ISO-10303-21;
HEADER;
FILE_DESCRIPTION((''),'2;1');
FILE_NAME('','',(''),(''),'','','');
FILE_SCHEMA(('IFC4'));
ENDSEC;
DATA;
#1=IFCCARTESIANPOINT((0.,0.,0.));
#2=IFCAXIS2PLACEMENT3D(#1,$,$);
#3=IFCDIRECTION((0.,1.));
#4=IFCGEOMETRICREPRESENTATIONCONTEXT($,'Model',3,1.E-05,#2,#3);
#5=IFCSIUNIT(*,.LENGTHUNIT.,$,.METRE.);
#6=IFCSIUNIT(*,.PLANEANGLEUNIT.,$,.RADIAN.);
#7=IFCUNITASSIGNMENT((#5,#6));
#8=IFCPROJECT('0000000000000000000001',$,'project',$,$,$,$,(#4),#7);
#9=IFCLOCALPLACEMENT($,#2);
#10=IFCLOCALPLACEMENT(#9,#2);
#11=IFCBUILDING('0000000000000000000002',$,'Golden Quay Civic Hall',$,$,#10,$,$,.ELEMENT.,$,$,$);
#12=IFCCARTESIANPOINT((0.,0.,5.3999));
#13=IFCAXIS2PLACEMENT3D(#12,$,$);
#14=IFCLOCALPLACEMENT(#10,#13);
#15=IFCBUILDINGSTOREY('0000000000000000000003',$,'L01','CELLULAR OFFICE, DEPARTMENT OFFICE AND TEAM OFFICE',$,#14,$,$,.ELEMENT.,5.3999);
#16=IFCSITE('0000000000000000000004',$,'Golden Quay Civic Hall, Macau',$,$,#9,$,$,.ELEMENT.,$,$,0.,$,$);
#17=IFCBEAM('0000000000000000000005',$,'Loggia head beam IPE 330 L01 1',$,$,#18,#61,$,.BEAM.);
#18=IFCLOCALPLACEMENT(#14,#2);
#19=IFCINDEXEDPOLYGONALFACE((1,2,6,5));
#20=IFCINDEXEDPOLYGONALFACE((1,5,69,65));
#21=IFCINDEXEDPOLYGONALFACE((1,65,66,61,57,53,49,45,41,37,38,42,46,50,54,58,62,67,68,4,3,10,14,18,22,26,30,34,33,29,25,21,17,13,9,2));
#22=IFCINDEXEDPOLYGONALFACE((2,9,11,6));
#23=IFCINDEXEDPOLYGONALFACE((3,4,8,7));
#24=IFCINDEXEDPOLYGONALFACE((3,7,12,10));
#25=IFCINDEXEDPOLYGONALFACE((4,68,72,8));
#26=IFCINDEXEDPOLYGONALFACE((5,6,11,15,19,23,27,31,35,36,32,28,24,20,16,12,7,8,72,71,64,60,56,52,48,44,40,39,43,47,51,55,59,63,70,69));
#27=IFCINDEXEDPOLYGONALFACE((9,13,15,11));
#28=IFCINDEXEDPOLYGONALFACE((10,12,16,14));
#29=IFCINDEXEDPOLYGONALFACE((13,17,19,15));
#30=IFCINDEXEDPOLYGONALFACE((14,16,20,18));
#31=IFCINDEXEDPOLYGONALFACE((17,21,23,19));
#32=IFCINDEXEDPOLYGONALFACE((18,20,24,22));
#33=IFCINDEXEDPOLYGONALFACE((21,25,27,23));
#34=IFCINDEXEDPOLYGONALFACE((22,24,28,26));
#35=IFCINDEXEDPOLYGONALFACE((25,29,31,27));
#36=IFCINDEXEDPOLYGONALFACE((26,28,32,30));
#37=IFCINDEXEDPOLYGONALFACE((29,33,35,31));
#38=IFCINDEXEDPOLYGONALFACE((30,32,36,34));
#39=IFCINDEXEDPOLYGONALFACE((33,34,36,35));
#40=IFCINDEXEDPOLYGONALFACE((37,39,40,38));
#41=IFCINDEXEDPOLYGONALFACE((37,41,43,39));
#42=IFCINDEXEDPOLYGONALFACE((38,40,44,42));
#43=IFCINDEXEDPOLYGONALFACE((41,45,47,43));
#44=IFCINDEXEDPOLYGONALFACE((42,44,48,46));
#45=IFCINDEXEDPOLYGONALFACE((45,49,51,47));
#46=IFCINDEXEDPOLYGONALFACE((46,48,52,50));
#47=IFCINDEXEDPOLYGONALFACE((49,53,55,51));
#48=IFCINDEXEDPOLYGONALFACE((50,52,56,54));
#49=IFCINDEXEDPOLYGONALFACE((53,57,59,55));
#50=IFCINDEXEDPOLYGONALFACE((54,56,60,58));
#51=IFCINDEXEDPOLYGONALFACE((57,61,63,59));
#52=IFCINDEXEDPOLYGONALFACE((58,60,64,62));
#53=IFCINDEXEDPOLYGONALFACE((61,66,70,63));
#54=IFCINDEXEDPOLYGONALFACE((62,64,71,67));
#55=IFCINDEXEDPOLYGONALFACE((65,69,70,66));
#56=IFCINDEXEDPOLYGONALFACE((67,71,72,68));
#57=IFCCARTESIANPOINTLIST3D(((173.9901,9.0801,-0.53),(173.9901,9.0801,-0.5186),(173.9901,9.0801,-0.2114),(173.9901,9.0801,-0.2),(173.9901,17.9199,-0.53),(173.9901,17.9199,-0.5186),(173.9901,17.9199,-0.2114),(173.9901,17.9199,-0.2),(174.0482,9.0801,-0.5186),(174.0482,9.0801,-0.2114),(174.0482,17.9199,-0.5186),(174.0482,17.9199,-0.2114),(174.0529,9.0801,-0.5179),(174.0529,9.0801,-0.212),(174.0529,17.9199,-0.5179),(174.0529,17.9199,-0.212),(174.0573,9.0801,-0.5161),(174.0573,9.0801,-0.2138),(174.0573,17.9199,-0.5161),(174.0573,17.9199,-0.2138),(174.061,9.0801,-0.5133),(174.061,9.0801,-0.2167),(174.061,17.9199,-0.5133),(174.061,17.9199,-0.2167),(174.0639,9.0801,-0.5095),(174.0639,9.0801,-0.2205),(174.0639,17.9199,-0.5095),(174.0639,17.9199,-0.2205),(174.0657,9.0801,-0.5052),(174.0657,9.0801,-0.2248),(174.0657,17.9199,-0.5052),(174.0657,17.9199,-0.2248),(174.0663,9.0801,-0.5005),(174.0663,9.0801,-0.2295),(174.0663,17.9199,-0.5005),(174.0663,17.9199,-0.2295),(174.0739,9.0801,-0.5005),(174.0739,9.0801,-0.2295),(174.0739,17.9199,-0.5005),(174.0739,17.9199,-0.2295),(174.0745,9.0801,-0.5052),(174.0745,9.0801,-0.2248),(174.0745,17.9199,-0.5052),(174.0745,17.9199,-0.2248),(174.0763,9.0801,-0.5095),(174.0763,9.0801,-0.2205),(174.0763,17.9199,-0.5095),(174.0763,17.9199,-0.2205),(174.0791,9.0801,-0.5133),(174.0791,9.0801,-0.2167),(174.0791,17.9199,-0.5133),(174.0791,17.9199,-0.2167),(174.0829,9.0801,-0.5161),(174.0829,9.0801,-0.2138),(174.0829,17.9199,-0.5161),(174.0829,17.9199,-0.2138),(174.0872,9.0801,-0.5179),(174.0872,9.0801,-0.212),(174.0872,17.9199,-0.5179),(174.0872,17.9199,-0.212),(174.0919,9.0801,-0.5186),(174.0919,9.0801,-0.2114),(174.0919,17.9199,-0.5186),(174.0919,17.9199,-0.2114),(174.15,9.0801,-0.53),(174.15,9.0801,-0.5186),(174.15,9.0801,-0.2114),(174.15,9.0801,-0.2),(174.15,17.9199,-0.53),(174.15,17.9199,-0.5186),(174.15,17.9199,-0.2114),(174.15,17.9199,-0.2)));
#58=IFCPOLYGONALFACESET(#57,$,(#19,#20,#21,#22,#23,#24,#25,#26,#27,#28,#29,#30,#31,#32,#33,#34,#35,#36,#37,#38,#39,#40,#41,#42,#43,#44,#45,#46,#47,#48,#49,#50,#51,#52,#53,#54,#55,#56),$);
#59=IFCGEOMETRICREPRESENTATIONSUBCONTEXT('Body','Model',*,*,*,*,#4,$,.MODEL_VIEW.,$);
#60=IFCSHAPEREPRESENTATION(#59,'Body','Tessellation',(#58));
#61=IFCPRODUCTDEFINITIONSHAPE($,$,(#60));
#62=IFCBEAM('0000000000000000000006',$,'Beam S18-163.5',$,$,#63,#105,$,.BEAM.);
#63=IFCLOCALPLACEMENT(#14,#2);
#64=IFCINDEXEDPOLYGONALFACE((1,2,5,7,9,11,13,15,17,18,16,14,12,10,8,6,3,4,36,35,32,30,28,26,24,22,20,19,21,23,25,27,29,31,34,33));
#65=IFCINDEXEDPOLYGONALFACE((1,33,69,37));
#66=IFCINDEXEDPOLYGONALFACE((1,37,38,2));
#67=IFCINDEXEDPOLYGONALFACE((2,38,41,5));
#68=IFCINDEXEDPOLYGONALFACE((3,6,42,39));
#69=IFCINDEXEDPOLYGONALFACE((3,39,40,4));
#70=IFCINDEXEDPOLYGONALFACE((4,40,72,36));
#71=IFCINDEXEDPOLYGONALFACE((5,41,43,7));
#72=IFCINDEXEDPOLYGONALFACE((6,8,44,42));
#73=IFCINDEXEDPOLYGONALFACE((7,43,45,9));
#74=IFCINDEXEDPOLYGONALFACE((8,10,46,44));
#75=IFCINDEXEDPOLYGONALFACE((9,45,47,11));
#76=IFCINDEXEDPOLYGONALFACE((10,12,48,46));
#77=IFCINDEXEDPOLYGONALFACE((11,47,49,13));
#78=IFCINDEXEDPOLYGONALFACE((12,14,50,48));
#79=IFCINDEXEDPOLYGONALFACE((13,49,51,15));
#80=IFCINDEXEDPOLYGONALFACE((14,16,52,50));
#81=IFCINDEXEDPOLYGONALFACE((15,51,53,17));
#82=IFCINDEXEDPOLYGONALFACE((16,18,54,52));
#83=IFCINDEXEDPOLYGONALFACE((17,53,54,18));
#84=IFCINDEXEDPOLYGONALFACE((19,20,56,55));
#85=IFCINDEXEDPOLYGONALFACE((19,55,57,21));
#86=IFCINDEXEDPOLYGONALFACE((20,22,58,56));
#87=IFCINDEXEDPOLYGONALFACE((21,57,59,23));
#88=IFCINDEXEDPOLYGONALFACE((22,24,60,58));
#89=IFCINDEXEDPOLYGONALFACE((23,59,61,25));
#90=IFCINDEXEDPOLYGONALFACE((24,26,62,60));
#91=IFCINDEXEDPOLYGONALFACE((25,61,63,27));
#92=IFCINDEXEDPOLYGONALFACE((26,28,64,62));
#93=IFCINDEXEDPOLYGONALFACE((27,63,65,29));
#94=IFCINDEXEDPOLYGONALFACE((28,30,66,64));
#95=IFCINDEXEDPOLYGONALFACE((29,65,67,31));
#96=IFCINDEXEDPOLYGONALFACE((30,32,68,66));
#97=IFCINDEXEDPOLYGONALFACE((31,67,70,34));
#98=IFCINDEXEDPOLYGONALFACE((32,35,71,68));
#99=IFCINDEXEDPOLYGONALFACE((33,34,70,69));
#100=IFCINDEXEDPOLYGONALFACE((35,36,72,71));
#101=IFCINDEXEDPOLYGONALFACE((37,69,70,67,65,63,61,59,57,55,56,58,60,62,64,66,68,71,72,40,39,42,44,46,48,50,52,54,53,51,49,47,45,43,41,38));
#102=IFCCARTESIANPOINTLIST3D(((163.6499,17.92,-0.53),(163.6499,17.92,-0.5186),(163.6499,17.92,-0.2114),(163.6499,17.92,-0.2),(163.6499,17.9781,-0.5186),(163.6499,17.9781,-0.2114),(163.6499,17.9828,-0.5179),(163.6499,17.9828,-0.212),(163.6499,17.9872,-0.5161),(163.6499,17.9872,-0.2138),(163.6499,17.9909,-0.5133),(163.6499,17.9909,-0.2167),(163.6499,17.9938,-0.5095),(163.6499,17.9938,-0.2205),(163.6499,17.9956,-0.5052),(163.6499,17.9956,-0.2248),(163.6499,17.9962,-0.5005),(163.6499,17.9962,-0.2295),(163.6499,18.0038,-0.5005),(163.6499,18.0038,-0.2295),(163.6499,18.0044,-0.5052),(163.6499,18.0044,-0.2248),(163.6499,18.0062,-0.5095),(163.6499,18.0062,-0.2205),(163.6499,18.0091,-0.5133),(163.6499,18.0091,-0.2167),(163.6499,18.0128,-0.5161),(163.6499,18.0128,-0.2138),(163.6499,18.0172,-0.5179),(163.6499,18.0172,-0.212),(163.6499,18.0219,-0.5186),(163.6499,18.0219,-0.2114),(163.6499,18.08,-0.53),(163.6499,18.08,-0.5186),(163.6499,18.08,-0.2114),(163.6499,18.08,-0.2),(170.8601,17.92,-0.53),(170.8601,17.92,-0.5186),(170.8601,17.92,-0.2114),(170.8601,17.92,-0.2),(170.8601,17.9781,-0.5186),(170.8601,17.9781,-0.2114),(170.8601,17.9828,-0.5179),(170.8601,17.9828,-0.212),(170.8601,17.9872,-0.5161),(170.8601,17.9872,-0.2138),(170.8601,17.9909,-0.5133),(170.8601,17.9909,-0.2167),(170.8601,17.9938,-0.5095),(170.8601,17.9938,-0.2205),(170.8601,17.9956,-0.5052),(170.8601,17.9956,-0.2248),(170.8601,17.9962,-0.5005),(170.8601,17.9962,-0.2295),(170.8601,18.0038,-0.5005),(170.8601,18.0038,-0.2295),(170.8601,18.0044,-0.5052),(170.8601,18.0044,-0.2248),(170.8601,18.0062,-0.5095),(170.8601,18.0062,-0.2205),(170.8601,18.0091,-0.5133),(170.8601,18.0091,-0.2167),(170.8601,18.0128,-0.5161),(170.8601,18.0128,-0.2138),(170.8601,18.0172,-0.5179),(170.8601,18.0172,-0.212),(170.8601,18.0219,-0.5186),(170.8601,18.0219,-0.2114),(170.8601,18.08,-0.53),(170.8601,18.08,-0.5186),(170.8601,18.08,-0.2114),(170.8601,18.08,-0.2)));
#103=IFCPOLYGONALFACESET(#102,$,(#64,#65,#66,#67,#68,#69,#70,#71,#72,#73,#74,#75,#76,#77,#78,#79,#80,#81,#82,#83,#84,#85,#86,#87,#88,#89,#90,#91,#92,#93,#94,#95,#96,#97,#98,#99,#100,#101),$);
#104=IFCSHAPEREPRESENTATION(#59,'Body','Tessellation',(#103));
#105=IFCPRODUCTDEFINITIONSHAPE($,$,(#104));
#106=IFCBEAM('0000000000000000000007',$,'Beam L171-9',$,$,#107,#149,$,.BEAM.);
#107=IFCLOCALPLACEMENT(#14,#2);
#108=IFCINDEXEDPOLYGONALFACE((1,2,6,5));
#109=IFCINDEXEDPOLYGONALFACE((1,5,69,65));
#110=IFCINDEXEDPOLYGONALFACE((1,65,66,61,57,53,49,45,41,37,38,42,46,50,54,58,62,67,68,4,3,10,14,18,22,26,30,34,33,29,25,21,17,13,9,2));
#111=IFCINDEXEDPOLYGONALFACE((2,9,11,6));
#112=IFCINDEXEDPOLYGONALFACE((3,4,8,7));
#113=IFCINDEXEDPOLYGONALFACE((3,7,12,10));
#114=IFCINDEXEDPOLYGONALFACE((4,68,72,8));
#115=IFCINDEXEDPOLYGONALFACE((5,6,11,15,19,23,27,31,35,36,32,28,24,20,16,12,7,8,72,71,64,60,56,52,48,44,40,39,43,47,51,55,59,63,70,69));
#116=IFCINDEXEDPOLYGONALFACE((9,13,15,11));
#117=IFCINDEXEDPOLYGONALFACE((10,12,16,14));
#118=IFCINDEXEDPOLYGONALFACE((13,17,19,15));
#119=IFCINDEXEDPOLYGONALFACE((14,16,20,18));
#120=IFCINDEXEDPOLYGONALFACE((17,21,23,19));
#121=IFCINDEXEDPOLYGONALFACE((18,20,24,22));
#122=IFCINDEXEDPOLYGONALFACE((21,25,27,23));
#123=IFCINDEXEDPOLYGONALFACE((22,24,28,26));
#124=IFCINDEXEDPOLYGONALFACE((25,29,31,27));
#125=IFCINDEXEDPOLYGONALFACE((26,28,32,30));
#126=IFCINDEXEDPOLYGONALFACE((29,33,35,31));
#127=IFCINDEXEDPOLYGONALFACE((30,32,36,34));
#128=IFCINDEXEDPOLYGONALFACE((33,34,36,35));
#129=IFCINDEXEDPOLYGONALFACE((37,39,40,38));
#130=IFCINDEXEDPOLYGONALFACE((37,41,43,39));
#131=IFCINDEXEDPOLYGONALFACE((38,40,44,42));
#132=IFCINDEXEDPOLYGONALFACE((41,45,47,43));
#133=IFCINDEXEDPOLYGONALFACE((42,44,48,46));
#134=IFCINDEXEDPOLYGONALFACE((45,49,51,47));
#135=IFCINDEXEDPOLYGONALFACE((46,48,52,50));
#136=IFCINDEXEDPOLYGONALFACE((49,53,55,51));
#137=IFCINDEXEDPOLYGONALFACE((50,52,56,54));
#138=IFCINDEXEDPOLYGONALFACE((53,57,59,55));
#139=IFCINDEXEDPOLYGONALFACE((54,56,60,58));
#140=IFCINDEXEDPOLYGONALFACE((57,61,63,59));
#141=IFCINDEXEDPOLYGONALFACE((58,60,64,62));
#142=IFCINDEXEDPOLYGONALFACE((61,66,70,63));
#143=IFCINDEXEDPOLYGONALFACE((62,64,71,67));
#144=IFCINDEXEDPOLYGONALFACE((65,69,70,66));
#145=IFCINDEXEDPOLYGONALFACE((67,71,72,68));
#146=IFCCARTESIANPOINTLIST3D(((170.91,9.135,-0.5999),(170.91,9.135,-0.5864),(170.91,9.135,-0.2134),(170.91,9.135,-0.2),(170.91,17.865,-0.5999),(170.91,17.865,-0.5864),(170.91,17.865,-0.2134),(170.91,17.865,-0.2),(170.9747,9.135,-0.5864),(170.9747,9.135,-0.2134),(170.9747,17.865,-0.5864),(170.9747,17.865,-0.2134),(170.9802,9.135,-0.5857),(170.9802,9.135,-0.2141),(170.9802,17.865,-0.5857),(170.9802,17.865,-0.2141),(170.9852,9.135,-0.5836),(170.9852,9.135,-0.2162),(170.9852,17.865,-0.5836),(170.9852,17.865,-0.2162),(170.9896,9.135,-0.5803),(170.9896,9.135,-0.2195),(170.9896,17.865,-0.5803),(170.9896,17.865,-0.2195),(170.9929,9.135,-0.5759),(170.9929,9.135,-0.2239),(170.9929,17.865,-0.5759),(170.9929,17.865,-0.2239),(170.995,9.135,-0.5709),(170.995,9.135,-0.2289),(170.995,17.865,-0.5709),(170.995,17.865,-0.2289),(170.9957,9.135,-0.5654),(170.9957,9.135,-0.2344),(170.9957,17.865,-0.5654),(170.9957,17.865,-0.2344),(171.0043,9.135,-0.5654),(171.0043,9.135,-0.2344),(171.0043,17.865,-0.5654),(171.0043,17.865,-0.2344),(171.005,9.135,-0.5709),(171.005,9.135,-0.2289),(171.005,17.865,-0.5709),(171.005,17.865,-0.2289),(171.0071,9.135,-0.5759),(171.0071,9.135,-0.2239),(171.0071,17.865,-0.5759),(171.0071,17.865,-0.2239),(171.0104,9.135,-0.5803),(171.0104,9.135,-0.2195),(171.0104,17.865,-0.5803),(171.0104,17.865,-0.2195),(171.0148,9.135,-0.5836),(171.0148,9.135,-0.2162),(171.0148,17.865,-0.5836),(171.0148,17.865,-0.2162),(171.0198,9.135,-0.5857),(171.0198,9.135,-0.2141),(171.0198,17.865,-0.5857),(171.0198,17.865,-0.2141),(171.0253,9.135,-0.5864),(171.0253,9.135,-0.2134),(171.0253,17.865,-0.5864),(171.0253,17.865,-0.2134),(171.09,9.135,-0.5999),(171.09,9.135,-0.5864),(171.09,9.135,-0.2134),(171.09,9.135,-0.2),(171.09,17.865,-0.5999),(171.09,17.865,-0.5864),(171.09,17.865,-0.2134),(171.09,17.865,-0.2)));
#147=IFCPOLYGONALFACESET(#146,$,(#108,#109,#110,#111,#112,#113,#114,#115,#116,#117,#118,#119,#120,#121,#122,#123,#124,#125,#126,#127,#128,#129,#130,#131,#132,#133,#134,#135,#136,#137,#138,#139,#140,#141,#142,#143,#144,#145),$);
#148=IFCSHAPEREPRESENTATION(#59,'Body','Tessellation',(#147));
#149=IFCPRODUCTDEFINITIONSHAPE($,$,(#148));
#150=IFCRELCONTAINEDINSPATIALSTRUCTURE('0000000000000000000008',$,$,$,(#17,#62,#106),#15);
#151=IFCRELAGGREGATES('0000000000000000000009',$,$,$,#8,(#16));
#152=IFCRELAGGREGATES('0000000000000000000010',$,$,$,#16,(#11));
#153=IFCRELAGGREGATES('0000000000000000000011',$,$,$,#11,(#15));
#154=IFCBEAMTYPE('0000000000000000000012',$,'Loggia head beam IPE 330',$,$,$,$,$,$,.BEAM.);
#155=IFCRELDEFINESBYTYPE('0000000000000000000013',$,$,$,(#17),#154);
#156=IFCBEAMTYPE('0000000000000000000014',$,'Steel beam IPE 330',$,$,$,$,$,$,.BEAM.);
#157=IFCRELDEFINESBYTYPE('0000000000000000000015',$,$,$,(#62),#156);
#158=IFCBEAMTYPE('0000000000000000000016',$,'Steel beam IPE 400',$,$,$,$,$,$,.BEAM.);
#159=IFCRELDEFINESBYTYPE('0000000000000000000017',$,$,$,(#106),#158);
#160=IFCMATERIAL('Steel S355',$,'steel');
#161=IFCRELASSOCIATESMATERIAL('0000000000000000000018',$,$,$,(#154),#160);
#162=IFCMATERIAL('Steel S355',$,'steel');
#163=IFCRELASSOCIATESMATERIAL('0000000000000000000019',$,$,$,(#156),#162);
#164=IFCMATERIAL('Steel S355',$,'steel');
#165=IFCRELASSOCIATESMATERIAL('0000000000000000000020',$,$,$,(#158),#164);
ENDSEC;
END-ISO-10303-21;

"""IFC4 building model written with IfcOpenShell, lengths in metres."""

from ifc_helpers import new_model, si_unit, direction, frame, origin, origin_2d, place, context, subcontext, project, spatial, i_section, extrude, material, material_profile, profile_set, type_object, element, save


model = new_model("IFC4")

# Units and contexts
model_context = context("Model", 3, precision=1e-05, world=origin(), true_north=direction((0.0, 1.0)))
body_context = subcontext(model_context, "Body", "Model", "MODEL_VIEW")
ifc_project = project(units=[si_unit("LENGTHUNIT", "METRE"), si_unit("PLANEANGLEUNIT", "RADIAN")], contexts=[model_context])

# Site, building, storey
site_placement = place(None, origin())
site = spatial("IfcSite", under=ifc_project, at=site_placement, Name="Golden Quay Civic Hall, Macau", CompositionType="ELEMENT", RefElevation=0.0)
building_placement = place(site_placement, origin())
building = spatial("IfcBuilding", under=site, at=building_placement, Name="Golden Quay Civic Hall", CompositionType="ELEMENT")
storey_placement = place(building_placement, frame((0.0, 0.0, 5.3999)))
storey = spatial("IfcBuildingStorey", under=building, at=storey_placement, Name="L01", Description="CELLULAR OFFICE, DEPARTMENT OFFICE AND TEAM OFFICE", CompositionType="ELEMENT", Elevation=5.3999)

# Beams
ifc_material_1 = material(Name="Steel S355", Category="steel")
ifc_material_profile_1 = material_profile(ifc_material_1, i_section(OverallWidth=0.1599, OverallDepth=0.3301, WebThickness=0.0076, FlangeThickness=0.0115, FilletRadius=0.0181, at=origin_2d()), Name="IPE 330")
ifc_profile_set_1 = profile_set([ifc_material_profile_1], Name="Steel S355")
beam_type_1 = type_object("IfcBeamType", Name="Loggia head beam IPE 330", PredefinedType="BEAM", material=ifc_profile_set_1)
beam_1_placement = place(storey_placement, frame((174.0701, 9.0801, -0.365), z_axis=(0.0, 1.0, 0.0), x_axis=(-1.0, 0.0, 0.0)))
element("IfcBeam", 1, at=beam_1_placement, inside=storey, type_object=beam_type_1, Name="Loggia head beam IPE 330 L01 1", PredefinedType="BEAM", context=body_context, shape_type="SweptSolid", body=[
    extrude(i_section(OverallWidth=0.1599, OverallDepth=0.3301, WebThickness=0.0076, FlangeThickness=0.0115, FilletRadius=0.0181, at=origin_2d()), origin(), (0.0, 0.0, 1.0), 8.8398),
])
ifc_material_2 = material(Name="Steel S355", Category="steel")
ifc_material_profile_2 = material_profile(ifc_material_2, i_section(OverallWidth=0.1599, OverallDepth=0.3301, WebThickness=0.0076, FlangeThickness=0.0115, FilletRadius=0.0181, at=origin_2d()), Name="IPE 330")
ifc_profile_set_2 = profile_set([ifc_material_profile_2], Name="Steel S355")
beam_type_2 = type_object("IfcBeamType", Name="Steel beam IPE 330", PredefinedType="BEAM", material=ifc_profile_set_2)
beam_2_placement = place(storey_placement, frame((163.6499, 18.0, -0.365), z_axis=(1.0, 0.0, 0.0), x_axis=(0.0, 1.0, 0.0)))
element("IfcBeam", 2, at=beam_2_placement, inside=storey, type_object=beam_type_2, Name="Beam S18-163.5", PredefinedType="BEAM", context=body_context, shape_type="SweptSolid", body=[
    extrude(i_section(OverallWidth=0.1599, OverallDepth=0.3301, WebThickness=0.0076, FlangeThickness=0.0115, FilletRadius=0.0181, at=origin_2d()), origin(), (0.0, 0.0, 1.0), 7.2102),
])
ifc_material_3 = material(Name="Steel S355", Category="steel")
ifc_material_profile_3 = material_profile(ifc_material_3, i_section(OverallWidth=0.1799, OverallDepth=0.3999, WebThickness=0.0085, FlangeThickness=0.0134, FilletRadius=0.021, at=origin_2d()), Name="IPE 400")
ifc_profile_set_3 = profile_set([ifc_material_profile_3], Name="Steel S355")
beam_type_3 = type_object("IfcBeamType", Name="Steel beam IPE 400", PredefinedType="BEAM", material=ifc_profile_set_3)
beam_3_placement = place(storey_placement, frame((171.0, 9.135, -0.3999), z_axis=(0.0, 1.0, 0.0), x_axis=(-1.0, 0.0, 0.0)))
element("IfcBeam", 3, at=beam_3_placement, inside=storey, type_object=beam_type_3, Name="Beam L171-9", PredefinedType="BEAM", context=body_context, shape_type="SweptSolid", body=[
    extrude(i_section(OverallWidth=0.1799, OverallDepth=0.3999, WebThickness=0.0085, FlangeThickness=0.0134, FilletRadius=0.021, at=origin_2d()), origin(), (0.0, 0.0, 1.0), 8.73),
])

save(model, "model.ifc")
